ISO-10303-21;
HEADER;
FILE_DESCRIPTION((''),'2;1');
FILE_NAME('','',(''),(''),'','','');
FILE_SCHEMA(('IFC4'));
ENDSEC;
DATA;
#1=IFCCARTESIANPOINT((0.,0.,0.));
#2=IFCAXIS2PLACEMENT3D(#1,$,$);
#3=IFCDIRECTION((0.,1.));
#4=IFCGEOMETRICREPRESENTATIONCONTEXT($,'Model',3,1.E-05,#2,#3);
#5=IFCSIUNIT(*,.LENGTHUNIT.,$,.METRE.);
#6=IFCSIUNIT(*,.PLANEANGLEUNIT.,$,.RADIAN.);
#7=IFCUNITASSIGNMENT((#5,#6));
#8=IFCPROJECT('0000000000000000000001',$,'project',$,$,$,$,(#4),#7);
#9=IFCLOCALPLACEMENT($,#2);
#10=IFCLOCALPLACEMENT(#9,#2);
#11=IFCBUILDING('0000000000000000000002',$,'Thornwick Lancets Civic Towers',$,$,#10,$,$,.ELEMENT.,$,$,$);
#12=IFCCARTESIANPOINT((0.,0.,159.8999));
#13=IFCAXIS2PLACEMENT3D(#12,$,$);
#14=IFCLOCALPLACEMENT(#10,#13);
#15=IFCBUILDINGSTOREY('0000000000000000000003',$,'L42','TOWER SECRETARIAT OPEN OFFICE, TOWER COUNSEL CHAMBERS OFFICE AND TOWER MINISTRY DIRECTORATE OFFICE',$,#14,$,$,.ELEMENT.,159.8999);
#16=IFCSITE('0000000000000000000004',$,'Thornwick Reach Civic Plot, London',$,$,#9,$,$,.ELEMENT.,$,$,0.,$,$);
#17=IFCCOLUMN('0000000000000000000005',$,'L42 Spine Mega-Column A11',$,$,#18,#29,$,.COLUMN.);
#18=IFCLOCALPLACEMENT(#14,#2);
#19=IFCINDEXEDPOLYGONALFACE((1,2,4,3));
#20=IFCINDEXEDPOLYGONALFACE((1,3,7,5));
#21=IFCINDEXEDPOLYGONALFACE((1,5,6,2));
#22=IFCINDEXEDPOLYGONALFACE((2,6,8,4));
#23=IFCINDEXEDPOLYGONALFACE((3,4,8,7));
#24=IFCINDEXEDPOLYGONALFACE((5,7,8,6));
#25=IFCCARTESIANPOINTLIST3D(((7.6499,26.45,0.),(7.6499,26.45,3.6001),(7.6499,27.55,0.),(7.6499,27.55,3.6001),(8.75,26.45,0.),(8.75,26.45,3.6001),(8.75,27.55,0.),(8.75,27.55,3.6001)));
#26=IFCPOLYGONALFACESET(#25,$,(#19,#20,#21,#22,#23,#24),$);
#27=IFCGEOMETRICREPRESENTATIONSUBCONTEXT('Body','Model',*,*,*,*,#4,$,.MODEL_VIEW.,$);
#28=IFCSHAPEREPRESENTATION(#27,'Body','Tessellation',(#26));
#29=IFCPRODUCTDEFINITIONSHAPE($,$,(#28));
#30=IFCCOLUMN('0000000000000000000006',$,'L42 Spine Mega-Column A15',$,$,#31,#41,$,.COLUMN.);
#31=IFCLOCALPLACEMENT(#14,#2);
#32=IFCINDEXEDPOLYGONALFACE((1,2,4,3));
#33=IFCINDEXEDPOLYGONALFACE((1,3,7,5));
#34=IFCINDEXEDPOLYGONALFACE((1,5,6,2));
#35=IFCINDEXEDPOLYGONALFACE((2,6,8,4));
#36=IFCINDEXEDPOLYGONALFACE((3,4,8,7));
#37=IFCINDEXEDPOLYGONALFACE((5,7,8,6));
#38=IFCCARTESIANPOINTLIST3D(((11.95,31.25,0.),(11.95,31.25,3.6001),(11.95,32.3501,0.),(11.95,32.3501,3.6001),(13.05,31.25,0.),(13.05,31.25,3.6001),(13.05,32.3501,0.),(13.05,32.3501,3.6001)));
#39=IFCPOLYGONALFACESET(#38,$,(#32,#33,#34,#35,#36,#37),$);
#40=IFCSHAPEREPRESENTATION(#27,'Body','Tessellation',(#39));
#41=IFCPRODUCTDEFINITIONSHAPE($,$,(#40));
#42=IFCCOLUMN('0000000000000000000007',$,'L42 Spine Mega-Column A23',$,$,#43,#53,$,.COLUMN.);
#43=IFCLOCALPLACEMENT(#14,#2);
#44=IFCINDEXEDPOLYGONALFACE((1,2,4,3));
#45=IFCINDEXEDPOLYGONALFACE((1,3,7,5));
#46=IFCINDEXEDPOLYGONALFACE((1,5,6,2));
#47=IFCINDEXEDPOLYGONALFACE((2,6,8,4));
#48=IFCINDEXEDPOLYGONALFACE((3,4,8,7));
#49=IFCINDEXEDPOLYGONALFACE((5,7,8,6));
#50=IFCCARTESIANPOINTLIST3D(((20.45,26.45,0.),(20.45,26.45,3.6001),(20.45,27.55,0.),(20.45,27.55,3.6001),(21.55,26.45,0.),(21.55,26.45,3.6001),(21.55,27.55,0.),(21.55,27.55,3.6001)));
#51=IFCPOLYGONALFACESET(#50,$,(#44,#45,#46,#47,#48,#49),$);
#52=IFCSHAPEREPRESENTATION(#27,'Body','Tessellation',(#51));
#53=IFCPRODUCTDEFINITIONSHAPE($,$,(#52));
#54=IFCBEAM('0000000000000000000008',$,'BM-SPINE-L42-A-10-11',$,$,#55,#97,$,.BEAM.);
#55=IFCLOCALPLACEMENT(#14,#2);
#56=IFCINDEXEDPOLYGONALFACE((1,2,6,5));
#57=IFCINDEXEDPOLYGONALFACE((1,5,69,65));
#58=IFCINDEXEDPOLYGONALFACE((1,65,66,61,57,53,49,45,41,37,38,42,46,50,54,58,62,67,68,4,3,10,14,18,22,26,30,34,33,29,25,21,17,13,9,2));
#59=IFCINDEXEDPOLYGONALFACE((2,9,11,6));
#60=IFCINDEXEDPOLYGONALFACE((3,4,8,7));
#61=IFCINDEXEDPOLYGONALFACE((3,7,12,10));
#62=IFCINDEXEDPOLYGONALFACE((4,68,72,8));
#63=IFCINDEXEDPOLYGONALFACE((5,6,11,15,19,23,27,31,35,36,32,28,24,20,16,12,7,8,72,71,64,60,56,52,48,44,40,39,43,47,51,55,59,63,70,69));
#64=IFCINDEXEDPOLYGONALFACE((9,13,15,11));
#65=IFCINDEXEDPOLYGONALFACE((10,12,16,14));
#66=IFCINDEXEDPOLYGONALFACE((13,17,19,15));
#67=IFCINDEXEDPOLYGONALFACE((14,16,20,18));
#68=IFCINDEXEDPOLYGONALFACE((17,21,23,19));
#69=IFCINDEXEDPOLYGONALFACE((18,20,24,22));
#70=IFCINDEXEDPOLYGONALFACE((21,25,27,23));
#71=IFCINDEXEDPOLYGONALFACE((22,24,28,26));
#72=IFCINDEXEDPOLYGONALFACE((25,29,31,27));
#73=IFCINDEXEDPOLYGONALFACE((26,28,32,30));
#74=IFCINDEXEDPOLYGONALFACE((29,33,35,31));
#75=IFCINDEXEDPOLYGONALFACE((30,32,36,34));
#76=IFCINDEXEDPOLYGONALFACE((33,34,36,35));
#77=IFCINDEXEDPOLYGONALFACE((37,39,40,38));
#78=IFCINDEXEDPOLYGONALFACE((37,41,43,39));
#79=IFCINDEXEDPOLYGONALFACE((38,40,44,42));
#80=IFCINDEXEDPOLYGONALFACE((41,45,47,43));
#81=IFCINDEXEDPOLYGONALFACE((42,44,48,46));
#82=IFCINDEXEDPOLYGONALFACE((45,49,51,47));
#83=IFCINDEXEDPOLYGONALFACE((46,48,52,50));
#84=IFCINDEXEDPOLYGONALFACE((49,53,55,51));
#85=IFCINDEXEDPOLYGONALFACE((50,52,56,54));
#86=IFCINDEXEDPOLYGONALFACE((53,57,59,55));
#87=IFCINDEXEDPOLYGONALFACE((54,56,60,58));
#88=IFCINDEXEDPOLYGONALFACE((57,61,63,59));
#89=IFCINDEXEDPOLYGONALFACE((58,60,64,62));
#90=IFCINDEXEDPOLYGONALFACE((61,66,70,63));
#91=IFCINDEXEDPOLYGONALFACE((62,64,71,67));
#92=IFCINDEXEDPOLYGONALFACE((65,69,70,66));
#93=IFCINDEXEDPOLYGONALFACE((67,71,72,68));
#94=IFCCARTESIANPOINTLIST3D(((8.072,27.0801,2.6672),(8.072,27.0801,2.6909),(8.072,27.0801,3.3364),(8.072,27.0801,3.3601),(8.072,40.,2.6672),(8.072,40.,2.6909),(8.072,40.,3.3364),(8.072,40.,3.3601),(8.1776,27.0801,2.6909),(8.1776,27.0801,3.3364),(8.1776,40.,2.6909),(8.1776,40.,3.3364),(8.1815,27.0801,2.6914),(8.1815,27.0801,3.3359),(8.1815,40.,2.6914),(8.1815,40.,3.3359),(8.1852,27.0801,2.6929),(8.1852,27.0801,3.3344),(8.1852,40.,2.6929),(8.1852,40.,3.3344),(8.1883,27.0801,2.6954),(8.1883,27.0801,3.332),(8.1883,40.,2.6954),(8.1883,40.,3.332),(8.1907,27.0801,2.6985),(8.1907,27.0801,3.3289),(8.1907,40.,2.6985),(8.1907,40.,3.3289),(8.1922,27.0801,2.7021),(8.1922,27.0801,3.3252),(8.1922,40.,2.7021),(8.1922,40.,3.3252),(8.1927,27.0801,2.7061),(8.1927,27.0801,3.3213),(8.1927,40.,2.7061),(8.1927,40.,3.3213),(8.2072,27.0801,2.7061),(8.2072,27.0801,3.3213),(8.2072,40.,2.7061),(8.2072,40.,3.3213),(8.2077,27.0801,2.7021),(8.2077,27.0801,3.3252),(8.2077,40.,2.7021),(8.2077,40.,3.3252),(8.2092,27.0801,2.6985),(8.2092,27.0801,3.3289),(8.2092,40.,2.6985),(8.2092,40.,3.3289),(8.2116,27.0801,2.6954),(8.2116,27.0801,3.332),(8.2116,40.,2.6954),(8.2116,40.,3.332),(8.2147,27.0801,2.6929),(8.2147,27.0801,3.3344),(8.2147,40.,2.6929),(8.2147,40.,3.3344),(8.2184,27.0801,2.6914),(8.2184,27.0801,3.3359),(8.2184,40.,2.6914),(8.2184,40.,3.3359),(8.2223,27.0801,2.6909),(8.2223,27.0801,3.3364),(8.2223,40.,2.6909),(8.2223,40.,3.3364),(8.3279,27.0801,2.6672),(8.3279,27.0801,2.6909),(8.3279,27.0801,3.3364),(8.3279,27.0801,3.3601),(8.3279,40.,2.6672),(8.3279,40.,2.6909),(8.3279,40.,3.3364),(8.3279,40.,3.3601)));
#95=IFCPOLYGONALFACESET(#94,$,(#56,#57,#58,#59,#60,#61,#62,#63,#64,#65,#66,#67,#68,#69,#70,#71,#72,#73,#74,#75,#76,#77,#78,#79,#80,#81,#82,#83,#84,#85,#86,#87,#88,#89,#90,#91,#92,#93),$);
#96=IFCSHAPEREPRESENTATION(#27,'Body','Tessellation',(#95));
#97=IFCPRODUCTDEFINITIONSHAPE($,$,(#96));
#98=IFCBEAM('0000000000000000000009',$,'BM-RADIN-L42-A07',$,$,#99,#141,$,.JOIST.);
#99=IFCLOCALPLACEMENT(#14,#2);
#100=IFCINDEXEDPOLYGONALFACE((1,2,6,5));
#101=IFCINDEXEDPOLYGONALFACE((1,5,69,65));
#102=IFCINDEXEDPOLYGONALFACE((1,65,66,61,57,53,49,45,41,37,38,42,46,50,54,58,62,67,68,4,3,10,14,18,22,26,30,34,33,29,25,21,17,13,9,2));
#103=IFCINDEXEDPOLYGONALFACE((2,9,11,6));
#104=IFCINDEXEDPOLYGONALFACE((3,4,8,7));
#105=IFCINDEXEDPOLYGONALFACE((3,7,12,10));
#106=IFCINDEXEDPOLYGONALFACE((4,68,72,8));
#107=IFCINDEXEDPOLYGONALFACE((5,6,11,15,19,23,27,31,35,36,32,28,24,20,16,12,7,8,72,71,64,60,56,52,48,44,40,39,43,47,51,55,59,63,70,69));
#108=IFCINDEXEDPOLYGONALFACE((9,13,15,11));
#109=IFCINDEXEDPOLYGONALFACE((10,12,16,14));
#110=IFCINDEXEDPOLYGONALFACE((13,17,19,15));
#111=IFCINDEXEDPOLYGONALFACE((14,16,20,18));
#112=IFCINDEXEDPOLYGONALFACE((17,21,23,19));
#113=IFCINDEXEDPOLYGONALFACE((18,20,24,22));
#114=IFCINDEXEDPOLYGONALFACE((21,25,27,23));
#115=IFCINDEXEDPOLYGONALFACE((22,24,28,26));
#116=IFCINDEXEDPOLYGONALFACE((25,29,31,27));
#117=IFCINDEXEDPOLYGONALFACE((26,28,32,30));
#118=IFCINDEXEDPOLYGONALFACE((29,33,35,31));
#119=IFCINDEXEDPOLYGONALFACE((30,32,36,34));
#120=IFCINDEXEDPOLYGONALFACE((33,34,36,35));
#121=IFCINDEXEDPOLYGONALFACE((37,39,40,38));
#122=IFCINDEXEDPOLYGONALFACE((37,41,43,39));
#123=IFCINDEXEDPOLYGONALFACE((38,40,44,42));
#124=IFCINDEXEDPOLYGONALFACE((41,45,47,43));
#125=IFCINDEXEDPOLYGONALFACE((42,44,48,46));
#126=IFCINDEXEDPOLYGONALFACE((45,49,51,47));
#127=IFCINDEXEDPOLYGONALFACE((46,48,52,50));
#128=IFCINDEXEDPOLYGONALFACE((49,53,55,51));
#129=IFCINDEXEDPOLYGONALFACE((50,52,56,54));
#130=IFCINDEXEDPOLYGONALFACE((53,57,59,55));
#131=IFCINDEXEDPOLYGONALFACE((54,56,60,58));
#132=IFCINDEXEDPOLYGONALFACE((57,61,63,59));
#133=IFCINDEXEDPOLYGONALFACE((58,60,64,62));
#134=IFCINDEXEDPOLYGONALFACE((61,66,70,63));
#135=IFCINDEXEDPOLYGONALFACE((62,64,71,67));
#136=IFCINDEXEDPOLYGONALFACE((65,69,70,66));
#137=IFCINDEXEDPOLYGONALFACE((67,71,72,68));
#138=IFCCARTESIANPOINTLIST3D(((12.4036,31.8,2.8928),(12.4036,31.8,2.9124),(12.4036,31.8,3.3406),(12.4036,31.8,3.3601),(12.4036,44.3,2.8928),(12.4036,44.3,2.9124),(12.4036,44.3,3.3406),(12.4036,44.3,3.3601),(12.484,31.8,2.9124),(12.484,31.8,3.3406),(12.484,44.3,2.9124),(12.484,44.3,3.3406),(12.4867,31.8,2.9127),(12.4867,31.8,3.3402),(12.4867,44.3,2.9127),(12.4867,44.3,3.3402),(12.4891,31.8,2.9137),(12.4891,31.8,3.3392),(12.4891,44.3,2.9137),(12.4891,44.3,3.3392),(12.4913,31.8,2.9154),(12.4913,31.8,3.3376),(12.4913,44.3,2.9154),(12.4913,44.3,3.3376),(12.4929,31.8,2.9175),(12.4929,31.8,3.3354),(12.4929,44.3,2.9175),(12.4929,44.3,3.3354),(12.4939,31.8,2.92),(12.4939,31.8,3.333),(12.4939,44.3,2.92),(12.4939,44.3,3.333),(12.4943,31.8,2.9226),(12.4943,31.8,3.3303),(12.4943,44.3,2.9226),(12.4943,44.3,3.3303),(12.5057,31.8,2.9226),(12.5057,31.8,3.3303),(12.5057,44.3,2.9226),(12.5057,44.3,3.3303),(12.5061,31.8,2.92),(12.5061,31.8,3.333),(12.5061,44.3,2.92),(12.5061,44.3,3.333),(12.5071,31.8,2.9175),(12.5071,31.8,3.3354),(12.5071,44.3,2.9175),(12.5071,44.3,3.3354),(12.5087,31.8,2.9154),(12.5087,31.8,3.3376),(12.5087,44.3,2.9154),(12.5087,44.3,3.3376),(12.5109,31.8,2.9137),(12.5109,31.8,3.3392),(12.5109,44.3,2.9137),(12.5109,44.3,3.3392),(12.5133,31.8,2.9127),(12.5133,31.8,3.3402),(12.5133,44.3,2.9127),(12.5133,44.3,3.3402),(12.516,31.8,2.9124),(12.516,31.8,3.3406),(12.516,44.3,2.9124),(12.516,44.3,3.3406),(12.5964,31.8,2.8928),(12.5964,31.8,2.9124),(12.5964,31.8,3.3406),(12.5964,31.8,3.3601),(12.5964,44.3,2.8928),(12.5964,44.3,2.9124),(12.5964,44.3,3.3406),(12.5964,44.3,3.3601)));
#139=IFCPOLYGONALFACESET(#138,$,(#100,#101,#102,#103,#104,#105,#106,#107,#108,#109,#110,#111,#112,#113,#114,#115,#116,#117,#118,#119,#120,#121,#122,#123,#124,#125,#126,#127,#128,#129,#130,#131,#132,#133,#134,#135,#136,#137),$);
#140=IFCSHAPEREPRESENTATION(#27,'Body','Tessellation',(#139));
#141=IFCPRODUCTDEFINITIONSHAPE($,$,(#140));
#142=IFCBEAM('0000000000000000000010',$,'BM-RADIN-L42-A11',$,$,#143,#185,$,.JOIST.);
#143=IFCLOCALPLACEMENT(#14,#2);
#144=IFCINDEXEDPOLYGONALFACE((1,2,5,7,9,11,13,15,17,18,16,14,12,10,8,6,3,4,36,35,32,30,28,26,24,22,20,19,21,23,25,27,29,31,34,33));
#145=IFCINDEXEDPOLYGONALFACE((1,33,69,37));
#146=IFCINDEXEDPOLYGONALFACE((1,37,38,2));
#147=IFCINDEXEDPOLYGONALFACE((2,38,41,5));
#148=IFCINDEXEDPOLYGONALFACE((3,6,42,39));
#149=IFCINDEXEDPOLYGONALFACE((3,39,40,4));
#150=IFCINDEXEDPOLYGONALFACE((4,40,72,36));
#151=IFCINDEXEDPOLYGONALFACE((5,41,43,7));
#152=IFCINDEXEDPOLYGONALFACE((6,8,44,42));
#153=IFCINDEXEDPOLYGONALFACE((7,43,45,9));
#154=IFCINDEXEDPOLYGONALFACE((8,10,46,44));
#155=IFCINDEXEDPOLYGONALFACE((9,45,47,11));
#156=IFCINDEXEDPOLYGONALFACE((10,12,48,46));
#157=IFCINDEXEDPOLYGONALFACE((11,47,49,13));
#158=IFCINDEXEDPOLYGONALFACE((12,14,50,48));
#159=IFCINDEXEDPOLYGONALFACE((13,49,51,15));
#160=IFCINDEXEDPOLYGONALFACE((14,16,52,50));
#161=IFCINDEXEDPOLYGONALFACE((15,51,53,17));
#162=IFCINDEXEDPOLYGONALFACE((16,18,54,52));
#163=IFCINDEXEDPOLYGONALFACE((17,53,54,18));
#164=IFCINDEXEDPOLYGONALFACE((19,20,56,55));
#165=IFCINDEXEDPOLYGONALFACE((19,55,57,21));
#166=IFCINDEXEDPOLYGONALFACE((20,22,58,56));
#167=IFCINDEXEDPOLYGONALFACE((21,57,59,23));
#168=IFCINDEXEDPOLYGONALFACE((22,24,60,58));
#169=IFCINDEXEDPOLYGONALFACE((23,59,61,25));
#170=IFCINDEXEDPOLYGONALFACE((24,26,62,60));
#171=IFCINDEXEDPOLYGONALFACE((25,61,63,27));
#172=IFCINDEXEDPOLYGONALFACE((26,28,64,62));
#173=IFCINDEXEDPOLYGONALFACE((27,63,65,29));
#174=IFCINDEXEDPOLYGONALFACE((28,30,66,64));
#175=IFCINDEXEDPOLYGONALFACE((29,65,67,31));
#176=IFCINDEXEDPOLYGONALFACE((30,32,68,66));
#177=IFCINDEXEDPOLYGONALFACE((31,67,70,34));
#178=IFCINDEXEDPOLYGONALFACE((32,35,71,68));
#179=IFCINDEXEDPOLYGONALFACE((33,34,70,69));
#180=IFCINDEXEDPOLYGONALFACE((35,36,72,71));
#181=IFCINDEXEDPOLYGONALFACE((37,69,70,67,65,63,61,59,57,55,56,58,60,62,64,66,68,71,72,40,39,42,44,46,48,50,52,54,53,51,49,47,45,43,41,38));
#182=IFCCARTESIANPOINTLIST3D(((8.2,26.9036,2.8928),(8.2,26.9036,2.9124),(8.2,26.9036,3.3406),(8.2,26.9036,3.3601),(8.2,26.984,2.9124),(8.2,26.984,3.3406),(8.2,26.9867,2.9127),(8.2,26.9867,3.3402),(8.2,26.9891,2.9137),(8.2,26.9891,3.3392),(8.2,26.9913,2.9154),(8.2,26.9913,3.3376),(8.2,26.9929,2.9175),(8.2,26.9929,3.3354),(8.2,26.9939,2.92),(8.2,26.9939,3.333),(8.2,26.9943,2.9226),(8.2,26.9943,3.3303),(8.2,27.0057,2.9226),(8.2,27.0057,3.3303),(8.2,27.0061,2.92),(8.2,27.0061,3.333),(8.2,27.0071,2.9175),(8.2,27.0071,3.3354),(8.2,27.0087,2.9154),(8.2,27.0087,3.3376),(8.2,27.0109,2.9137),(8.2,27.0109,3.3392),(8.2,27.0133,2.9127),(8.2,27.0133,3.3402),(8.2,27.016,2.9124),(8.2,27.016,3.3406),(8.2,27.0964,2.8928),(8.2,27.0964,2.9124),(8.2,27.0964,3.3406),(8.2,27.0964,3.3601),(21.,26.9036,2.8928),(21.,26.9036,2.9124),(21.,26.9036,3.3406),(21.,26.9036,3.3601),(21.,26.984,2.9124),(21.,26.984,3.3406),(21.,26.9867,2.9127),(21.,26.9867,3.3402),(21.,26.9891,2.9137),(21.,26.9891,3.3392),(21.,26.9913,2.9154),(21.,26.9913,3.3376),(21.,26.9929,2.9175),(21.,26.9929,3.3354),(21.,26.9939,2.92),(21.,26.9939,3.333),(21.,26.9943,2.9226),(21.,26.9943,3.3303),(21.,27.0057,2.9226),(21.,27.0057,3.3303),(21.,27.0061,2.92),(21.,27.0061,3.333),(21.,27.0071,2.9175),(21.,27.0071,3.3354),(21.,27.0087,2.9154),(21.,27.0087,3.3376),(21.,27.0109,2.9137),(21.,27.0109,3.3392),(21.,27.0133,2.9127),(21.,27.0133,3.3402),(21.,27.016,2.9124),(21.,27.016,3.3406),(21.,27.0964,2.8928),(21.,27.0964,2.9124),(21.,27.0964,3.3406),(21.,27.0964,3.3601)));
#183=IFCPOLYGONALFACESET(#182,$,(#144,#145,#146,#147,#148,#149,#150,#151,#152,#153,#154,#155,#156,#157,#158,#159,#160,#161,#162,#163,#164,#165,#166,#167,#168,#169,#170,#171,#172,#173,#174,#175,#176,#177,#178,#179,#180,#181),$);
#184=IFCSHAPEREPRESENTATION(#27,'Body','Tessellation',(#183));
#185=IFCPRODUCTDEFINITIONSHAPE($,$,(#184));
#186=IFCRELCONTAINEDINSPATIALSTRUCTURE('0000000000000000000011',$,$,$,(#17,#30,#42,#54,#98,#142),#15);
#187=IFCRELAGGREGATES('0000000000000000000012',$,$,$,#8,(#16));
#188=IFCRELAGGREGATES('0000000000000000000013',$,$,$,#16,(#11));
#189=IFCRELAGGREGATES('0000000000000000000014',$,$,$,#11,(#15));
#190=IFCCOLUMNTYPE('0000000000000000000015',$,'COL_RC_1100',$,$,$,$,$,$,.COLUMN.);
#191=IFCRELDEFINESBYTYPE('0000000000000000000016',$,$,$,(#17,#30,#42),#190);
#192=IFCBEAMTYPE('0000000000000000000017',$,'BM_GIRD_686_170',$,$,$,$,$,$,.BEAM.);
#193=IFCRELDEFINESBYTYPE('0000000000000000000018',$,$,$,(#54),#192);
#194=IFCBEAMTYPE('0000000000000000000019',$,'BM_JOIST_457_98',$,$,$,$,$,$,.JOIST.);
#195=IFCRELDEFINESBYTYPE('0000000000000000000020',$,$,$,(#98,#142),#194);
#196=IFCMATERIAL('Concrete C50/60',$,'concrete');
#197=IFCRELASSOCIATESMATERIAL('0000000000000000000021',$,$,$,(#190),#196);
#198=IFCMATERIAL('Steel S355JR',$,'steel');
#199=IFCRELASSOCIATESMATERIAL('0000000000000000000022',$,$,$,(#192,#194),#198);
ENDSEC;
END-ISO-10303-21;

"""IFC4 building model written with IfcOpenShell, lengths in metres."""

from ifc_helpers import new_model, si_unit, direction, frame, origin, origin_2d, place, context, subcontext, project, spatial, rectangle, i_section, extrude, material, material_profile, profile_set, type_object, element, save


model = new_model("IFC4")

# Units and contexts
model_context = context("Model", 3, precision=1e-05, world=origin(), true_north=direction((0.0, 1.0)))
body_context = subcontext(model_context, "Body", "Model", "MODEL_VIEW")
ifc_project = project(units=[si_unit("LENGTHUNIT", "METRE"), si_unit("PLANEANGLEUNIT", "RADIAN")], contexts=[model_context])

# Site, building, storey
site_placement = place(None, origin())
site = spatial("IfcSite", under=ifc_project, at=site_placement, Name="Thornwick Reach Civic Plot, London", CompositionType="ELEMENT", RefElevation=0.0)
building_placement = place(site_placement, origin())
building = spatial("IfcBuilding", under=site, at=building_placement, Name="Thornwick Lancets Civic Towers", CompositionType="ELEMENT")
storey_placement = place(building_placement, frame((0.0, 0.0, 159.8999)))
storey = spatial("IfcBuildingStorey", under=building, at=storey_placement, Name="L42", Description="TOWER SECRETARIAT OPEN OFFICE, TOWER COUNSEL CHAMBERS OFFICE AND TOWER MINISTRY DIRECTORATE OFFICE", CompositionType="ELEMENT", Elevation=159.8999)

# Columns
ifc_material_1 = material(Name="Concrete C50/60", Category="concrete")
ifc_material_profile_1 = material_profile(ifc_material_1, rectangle(XDim=1.1001, YDim=1.1001, at=origin_2d()), Name="RC 1100x1100")
ifc_profile_set_1 = profile_set([ifc_material_profile_1], Name="Concrete C50/60")
column_type = type_object("IfcColumnType", Name="COL_RC_1100", PredefinedType="COLUMN", material=ifc_profile_set_1)
for number, where, z_axis, x_axis, name in (
    (1, (8.2, 27.0, 0.0), (0.0, 0.0, 1.0), (1.0, 0.0, 0.0), "L42 Spine Mega-Column A11"),
    (2, (12.5, 31.8, 0.0), (0.0, 0.0, 1.0), (1.0, 0.0, 0.0), "L42 Spine Mega-Column A15"),
    (3, (21.0, 27.0, 0.0), (0.0, 0.0, 1.0), (1.0, 0.0, 0.0), "L42 Spine Mega-Column A23"),
):
    element("IfcColumn", number, at=place(storey_placement, frame(where, z_axis=z_axis, x_axis=x_axis)), inside=storey, type_object=column_type, Name=name, PredefinedType="COLUMN", context=body_context, shape_type="SweptSolid", body=[
        extrude(rectangle(XDim=1.1001, YDim=1.1001, at=origin_2d()), origin(), (0.0, 0.0, 1.0), 3.6001),
    ])

# Beams
ifc_material_2 = material(Name="Steel S355JR", Category="steel")
ifc_material_profile_2 = material_profile(ifc_material_2, i_section(OverallWidth=0.2559, OverallDepth=0.6929, WebThickness=0.0144, FlangeThickness=0.0237, FilletRadius=0.0151, at=origin_2d()), Name="UKB 686x254x170")
ifc_profile_set_2 = profile_set([ifc_material_profile_2], Name="Steel S355JR")
beam_type_1 = type_object("IfcBeamType", Name="BM_GIRD_686_170", PredefinedType="BEAM", material=ifc_profile_set_2)
beam_1_placement = place(storey_placement, frame((8.2, 27.0801, 3.0137), z_axis=(0.0, 1.0, 0.0), x_axis=(-1.0, 0.0, 0.0)))
element("IfcBeam", 4, at=beam_1_placement, inside=storey, type_object=beam_type_1, Name="BM-SPINE-L42-A-10-11", PredefinedType="BEAM", context=body_context, shape_type="SweptSolid", body=[
    extrude(i_section(OverallWidth=0.2559, OverallDepth=0.6929, WebThickness=0.0144, FlangeThickness=0.0237, FilletRadius=0.0151, at=origin_2d()), origin(), (0.0, 0.0, 1.0), 12.9199),
])
ifc_material_profile_3 = material_profile(ifc_material_2, i_section(OverallWidth=0.1929, OverallDepth=0.4673, WebThickness=0.0115, FlangeThickness=0.0195, FilletRadius=0.0103, at=origin_2d()), Name="UKB 457x191x98")
ifc_profile_set_3 = profile_set([ifc_material_profile_3], Name="Steel S355JR")
beam_type_2 = type_object("IfcBeamType", Name="BM_JOIST_457_98", PredefinedType="JOIST", material=ifc_profile_set_3)
beam_2_placement = place(storey_placement, frame((12.5, 31.8, 3.1265), z_axis=(0.0, 1.0, 0.0), x_axis=(-1.0, 0.0, 0.0)))
element("IfcBeam", 5, at=beam_2_placement, inside=storey, type_object=beam_type_2, Name="BM-RADIN-L42-A07", PredefinedType="JOIST", context=body_context, shape_type="SweptSolid", body=[
    extrude(i_section(OverallWidth=0.1929, OverallDepth=0.4673, WebThickness=0.0115, FlangeThickness=0.0195, FilletRadius=0.0103, at=origin_2d()), origin(), (0.0, 0.0, 1.0), 12.5),
])
beam_3_placement = place(storey_placement, frame((21.0, 27.0, 3.1265), z_axis=(-1.0, 0.0, 0.0), x_axis=(0.0, -1.0, 0.0)))
element("IfcBeam", 6, at=beam_3_placement, inside=storey, type_object=beam_type_2, Name="BM-RADIN-L42-A11", PredefinedType="JOIST", context=body_context, shape_type="SweptSolid", body=[
    extrude(i_section(OverallWidth=0.1929, OverallDepth=0.4673, WebThickness=0.0115, FlangeThickness=0.0195, FilletRadius=0.0103, at=origin_2d()), origin(), (0.0, 0.0, 1.0), 12.8),
])

save(model, "model.ifc")
